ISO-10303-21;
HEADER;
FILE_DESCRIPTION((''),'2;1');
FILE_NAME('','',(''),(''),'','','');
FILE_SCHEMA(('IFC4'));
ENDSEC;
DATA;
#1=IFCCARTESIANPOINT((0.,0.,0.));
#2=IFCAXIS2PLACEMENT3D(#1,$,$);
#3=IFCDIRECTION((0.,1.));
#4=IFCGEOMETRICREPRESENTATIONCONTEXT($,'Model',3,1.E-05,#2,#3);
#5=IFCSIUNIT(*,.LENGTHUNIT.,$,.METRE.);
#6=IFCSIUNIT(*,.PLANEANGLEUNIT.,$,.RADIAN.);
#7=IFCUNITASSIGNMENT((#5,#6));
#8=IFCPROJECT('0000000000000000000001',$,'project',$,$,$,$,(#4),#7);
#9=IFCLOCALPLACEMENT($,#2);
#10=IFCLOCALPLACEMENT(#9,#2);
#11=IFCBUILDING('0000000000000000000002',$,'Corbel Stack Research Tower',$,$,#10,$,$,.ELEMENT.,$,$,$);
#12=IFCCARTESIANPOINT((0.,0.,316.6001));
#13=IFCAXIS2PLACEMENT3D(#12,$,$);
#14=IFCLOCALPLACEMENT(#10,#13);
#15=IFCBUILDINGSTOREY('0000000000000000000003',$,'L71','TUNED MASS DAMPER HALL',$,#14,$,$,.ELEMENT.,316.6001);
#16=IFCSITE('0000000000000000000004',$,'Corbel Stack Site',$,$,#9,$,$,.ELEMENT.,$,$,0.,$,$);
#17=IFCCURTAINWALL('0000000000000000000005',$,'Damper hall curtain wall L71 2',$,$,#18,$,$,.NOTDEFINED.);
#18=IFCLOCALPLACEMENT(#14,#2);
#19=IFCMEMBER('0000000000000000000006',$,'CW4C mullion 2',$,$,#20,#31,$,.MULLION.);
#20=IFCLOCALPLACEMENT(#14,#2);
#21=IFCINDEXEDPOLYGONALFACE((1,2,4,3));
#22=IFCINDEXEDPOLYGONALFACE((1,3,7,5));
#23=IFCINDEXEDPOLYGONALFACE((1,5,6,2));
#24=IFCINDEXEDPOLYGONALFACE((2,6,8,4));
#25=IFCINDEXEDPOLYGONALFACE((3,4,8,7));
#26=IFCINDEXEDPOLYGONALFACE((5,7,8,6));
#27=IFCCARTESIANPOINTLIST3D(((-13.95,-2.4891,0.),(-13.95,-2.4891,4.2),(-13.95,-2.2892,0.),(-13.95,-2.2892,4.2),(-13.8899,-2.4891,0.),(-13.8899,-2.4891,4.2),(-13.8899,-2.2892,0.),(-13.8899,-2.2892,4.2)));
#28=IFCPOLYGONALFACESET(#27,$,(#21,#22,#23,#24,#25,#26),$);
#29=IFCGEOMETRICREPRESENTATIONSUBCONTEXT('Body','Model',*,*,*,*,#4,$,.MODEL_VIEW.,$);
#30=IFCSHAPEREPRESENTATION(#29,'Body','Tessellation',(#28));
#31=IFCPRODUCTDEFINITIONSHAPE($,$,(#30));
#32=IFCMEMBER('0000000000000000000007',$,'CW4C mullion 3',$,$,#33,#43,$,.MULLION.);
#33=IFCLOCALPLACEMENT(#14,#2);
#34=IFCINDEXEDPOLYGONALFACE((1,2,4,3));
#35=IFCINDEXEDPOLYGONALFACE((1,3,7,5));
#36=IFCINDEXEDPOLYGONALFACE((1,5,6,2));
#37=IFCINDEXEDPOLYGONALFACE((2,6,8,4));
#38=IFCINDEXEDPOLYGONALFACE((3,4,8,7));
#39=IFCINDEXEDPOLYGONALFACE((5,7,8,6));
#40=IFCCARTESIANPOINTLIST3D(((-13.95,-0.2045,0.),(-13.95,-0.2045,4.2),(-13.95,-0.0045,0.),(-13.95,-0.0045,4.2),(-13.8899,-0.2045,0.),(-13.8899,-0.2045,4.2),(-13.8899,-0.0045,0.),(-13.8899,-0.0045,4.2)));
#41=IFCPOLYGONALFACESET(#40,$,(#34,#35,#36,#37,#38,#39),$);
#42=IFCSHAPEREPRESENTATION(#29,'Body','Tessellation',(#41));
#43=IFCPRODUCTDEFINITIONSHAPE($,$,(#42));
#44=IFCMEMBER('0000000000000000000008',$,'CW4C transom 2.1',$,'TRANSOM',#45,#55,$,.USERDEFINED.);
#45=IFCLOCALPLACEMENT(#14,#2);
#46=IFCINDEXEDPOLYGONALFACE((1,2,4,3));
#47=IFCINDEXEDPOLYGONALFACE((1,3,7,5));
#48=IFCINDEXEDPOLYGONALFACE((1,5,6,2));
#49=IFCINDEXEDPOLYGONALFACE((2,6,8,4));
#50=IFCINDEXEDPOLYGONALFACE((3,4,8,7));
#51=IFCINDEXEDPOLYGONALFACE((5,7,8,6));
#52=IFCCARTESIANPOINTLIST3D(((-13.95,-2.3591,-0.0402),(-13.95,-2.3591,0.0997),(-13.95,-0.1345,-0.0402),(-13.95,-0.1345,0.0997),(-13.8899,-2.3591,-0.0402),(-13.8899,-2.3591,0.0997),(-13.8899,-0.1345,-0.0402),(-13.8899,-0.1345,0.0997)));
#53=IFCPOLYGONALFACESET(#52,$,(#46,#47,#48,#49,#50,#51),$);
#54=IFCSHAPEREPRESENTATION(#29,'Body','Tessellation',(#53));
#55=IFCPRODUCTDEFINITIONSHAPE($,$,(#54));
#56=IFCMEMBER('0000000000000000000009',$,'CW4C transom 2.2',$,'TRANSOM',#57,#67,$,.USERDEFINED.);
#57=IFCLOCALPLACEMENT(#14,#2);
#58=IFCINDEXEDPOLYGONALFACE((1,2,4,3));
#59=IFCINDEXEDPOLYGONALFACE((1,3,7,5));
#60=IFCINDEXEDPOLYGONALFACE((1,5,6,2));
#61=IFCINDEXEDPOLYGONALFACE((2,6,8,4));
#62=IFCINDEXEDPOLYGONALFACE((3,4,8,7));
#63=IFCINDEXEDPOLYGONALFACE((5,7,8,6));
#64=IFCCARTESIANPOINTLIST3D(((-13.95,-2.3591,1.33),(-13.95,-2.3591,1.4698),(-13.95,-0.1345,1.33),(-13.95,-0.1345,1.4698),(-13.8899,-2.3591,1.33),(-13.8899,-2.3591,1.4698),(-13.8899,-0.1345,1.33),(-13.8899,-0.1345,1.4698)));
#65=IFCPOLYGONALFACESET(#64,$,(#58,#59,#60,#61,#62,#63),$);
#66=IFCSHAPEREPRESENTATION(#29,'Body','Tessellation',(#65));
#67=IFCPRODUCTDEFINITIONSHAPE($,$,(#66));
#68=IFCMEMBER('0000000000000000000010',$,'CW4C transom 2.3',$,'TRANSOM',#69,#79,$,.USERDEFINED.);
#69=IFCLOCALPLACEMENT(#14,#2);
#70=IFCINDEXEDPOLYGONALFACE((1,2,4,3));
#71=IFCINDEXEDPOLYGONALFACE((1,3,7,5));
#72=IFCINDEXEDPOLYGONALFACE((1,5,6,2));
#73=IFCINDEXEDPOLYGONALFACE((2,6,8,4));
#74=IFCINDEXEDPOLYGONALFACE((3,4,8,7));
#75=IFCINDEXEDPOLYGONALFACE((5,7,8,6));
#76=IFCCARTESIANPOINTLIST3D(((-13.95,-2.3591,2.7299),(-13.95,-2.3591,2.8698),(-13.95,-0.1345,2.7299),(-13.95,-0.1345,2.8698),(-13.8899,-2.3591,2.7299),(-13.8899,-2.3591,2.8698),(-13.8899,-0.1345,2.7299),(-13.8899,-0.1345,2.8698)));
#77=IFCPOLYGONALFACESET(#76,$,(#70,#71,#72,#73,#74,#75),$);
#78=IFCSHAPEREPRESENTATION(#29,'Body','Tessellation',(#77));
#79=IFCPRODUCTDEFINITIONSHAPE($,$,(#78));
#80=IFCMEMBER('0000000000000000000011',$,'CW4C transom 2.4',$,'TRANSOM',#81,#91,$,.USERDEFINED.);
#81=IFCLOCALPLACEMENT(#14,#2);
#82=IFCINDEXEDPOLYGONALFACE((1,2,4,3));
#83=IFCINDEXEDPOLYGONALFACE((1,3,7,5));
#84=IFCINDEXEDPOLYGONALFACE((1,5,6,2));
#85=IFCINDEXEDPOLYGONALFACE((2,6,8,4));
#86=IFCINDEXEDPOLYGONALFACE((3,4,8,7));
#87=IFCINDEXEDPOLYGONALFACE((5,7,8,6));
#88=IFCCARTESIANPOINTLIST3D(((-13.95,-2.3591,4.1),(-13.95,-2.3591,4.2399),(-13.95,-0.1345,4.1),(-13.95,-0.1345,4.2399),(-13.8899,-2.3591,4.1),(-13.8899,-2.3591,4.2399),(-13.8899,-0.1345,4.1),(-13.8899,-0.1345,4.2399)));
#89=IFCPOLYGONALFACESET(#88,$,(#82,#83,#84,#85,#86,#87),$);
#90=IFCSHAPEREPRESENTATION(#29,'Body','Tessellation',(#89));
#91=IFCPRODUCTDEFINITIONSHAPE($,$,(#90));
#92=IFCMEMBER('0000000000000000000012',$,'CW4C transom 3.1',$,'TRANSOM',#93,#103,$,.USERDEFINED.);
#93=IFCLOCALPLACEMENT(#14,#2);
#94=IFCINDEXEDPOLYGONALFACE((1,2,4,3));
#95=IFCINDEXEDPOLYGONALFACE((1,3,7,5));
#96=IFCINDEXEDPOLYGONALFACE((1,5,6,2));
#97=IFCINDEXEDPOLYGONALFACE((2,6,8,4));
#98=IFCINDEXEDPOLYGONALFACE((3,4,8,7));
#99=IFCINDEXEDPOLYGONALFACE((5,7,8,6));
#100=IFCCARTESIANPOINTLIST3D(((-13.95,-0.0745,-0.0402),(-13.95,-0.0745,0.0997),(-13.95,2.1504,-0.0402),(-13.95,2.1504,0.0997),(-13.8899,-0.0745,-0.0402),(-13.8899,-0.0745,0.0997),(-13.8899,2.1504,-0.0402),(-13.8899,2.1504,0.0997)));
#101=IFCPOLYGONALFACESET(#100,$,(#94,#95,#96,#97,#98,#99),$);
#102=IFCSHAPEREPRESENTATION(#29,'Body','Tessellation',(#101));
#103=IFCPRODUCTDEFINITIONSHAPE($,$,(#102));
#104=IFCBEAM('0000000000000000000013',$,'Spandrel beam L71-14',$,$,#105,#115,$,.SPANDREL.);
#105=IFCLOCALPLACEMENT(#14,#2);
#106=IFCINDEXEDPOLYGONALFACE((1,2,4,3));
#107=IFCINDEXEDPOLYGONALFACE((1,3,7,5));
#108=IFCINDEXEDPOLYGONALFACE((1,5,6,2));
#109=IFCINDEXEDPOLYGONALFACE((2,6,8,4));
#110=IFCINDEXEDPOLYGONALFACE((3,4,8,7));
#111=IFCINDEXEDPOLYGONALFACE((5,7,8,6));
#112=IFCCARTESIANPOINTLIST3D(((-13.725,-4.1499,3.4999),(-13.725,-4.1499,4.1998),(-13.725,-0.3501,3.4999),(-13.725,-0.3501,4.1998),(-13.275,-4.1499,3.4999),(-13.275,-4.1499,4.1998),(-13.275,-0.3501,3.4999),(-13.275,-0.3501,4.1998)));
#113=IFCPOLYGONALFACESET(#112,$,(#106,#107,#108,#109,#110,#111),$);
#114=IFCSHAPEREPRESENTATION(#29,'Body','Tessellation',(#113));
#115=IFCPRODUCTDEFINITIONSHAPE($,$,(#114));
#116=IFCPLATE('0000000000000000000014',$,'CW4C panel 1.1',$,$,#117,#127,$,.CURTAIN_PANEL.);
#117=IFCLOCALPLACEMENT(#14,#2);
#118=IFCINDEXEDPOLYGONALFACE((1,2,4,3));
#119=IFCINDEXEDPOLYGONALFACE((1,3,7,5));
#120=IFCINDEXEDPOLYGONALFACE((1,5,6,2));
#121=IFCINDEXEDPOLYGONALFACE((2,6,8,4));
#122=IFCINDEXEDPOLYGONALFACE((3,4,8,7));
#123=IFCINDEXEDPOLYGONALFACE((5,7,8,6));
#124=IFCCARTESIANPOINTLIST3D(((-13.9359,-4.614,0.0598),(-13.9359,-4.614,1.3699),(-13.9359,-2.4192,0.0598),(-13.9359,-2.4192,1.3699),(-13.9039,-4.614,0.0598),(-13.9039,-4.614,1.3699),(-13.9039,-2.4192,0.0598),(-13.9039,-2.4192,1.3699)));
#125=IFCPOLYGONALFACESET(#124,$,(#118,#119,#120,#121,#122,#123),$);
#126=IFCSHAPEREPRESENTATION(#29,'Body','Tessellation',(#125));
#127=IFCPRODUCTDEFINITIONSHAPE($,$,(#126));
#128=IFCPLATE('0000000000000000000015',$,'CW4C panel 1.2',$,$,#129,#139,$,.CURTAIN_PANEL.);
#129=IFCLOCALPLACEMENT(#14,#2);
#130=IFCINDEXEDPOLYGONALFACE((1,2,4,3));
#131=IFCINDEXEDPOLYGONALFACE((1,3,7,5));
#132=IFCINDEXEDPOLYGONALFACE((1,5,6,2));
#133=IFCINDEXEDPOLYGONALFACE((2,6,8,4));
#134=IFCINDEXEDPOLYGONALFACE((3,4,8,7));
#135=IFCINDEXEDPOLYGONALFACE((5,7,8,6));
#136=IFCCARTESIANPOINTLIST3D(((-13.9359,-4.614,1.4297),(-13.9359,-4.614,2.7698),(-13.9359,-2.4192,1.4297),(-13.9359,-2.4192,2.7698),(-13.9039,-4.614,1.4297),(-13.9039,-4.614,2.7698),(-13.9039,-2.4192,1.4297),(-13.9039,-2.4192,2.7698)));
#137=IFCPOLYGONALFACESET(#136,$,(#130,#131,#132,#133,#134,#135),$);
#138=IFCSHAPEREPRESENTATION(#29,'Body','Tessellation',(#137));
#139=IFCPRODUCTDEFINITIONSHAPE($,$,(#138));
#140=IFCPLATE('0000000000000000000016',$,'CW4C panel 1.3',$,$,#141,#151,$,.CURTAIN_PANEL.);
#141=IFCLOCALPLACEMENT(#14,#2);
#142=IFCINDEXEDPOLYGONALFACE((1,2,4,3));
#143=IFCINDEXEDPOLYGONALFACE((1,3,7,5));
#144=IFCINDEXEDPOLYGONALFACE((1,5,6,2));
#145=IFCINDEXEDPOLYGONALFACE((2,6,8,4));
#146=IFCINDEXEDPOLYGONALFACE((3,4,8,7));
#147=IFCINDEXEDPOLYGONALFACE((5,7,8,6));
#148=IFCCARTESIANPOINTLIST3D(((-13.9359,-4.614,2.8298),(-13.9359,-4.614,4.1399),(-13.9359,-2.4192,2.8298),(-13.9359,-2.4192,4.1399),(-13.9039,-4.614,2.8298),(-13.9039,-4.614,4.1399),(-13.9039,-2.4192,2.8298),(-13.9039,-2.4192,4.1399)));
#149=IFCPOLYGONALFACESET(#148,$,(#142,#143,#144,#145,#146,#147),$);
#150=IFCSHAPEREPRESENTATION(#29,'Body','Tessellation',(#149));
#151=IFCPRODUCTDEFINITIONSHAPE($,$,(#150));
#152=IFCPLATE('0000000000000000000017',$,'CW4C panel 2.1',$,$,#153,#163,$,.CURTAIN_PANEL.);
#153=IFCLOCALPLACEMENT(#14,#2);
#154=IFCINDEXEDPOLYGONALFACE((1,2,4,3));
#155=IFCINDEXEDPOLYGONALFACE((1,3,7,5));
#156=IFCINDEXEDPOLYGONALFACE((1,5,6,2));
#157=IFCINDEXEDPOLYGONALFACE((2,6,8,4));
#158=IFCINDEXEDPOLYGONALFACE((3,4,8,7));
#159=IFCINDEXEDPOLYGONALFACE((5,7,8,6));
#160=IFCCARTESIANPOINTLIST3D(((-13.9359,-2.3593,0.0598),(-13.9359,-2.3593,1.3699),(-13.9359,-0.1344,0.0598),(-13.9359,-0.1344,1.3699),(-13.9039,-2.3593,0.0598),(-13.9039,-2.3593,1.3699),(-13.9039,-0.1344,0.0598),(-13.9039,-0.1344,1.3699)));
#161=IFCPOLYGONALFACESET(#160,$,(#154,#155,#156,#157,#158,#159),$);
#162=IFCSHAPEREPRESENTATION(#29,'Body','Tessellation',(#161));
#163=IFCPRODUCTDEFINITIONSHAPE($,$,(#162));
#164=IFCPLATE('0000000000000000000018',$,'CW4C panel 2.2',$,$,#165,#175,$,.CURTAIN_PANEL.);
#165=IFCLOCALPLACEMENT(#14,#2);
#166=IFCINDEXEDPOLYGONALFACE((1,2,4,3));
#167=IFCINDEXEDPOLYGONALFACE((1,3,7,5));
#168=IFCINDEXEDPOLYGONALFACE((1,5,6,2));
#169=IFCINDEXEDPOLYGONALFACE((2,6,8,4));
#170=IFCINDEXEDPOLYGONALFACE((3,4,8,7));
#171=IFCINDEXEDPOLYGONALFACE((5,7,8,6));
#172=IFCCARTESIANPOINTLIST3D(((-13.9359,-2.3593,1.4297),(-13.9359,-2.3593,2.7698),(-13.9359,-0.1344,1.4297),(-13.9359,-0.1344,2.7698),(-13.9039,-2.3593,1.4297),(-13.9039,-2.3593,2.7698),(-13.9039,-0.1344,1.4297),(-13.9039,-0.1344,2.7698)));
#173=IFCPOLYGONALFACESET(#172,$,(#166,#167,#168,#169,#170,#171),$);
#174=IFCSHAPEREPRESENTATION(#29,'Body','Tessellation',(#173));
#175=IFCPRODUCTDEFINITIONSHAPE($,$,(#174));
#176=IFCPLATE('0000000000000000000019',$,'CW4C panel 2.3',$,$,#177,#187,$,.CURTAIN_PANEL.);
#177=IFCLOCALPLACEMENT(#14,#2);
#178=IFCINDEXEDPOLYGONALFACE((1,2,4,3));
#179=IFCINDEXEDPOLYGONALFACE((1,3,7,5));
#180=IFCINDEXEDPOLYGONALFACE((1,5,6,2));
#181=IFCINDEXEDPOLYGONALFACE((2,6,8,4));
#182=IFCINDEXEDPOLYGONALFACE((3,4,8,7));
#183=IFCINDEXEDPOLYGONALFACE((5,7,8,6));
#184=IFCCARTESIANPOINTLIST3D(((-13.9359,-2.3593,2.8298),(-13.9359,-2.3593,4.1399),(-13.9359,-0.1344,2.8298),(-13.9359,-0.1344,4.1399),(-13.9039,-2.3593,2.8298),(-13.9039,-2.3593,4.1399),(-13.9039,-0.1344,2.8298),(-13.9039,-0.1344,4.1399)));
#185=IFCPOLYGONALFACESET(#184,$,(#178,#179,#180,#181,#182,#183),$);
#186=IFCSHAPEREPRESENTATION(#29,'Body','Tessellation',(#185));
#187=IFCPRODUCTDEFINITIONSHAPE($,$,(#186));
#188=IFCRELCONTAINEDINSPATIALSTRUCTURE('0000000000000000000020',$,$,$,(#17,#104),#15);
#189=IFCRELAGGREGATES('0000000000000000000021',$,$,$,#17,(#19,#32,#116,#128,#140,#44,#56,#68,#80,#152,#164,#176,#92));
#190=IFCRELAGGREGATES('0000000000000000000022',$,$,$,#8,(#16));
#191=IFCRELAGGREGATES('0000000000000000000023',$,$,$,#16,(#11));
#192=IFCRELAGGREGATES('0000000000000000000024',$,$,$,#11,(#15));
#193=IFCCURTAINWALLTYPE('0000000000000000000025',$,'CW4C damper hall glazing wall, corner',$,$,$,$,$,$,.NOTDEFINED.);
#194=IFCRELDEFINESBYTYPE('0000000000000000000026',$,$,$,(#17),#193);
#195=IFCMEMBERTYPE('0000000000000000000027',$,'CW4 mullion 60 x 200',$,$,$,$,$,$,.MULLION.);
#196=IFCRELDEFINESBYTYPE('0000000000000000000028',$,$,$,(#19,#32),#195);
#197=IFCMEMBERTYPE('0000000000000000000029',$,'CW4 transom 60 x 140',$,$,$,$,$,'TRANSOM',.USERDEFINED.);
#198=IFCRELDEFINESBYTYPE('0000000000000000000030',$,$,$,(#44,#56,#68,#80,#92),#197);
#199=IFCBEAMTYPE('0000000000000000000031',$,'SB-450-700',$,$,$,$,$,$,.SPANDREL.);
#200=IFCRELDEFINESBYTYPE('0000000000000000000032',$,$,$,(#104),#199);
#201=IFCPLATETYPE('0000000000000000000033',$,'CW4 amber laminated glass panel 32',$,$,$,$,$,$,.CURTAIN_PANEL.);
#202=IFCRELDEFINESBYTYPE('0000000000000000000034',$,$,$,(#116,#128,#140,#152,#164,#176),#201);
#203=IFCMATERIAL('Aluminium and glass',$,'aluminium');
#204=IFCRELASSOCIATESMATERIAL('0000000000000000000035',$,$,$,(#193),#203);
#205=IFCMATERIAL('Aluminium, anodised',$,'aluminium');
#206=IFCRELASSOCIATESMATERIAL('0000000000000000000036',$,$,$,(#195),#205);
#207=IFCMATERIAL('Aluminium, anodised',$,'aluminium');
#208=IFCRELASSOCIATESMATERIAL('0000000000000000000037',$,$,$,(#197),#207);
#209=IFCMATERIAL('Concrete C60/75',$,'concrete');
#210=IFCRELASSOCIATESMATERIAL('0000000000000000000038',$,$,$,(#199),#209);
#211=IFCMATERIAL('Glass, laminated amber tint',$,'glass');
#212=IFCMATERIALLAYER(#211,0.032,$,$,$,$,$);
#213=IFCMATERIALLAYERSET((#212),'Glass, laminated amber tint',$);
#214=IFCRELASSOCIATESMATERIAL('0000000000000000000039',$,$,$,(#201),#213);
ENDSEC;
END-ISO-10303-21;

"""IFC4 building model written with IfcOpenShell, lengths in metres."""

from ifc_helpers import new_model, si_unit, direction, frame, origin, origin_2d, place, context, subcontext, project, spatial, rectangle, extrude, material, layer, layer_set, material_profile, profile_set, type_object, element, aggregate, save


model = new_model("IFC4")

# Units and contexts
model_context = context("Model", 3, precision=1e-05, world=origin(), true_north=direction((0.0, 1.0)))
body_context = subcontext(model_context, "Body", "Model", "MODEL_VIEW")
ifc_project = project(units=[si_unit("LENGTHUNIT", "METRE"), si_unit("PLANEANGLEUNIT", "RADIAN")], contexts=[model_context])

# Site, building, storey
site_placement = place(None, origin())
site = spatial("IfcSite", under=ifc_project, at=site_placement, Name="Corbel Stack Site", CompositionType="ELEMENT", RefElevation=0.0)
building_placement = place(site_placement, origin())
building = spatial("IfcBuilding", under=site, at=building_placement, Name="Corbel Stack Research Tower", CompositionType="ELEMENT")
storey_placement = place(building_placement, frame((0.0, 0.0, 316.6001)))
storey = spatial("IfcBuildingStorey", under=building, at=storey_placement, Name="L71", Description="TUNED MASS DAMPER HALL", CompositionType="ELEMENT", Elevation=316.6001)

# Curtain wall, members
ifc_material_1 = material(Name="Aluminium and glass", Category="aluminium")
curtain_wall_type = type_object("IfcCurtainWallType", Name="CW4C damper hall glazing wall, corner", PredefinedType="NOTDEFINED", material=ifc_material_1)
curtain_wall_placement = place(storey_placement, origin())
curtain_wall = element("IfcCurtainWall", 1, at=curtain_wall_placement, inside=storey, type_object=curtain_wall_type, Name="Damper hall curtain wall L71 2", PredefinedType="NOTDEFINED")
ifc_material_2 = material(Name="Aluminium, anodised", Category="aluminium")
ifc_material_profile_1 = material_profile(ifc_material_2, rectangle(XDim=0.0601, YDim=0.2, at=origin_2d()), Name="CW4 mullion 60 x 200")
ifc_profile_set_1 = profile_set([ifc_material_profile_1], Name="Aluminium, anodised")
member_type_1 = type_object("IfcMemberType", Name="CW4 mullion 60 x 200", PredefinedType="MULLION", material=ifc_profile_set_1)
member_1_placement = place(storey_placement, frame((-13.9199, -2.3892, 0.0), z_axis=(0.0, 0.0, 1.0), x_axis=(-1.0, 0.0, 0.0)))
member_1 = element("IfcMember", 2, at=member_1_placement, type_object=member_type_1, Name="CW4C mullion 2", PredefinedType="MULLION", context=body_context, shape_type="SweptSolid", body=[
    extrude(rectangle(XDim=0.0601, YDim=0.2, at=origin_2d()), origin(), (0.0, 0.0, 1.0), 4.2),
])
member_2_placement = place(storey_placement, frame((-13.9199, -0.1045, 0.0), z_axis=(0.0, 0.0, 1.0), x_axis=(-1.0, 0.0, 0.0)))
member_2 = element("IfcMember", 3, at=member_2_placement, type_object=member_type_1, Name="CW4C mullion 3", PredefinedType="MULLION", context=body_context, shape_type="SweptSolid", body=[
    extrude(rectangle(XDim=0.0601, YDim=0.2, at=origin_2d()), origin(), (0.0, 0.0, 1.0), 4.2),
])
ifc_material_3 = material(Name="Aluminium, anodised", Category="aluminium")
ifc_material_profile_2 = material_profile(ifc_material_3, rectangle(XDim=0.0601, YDim=0.1399, at=origin_2d()), Name="CW4 transom 60 x 140")
ifc_profile_set_2 = profile_set([ifc_material_profile_2], Name="Aluminium, anodised")
member_type_2 = type_object("IfcMemberType", Name="CW4 transom 60 x 140", ElementType="TRANSOM", PredefinedType="USERDEFINED", material=ifc_profile_set_2)
member_3_placement = place(storey_placement, frame((-13.9199, -2.3591, 0.0298), z_axis=(0.0, 1.0, 0.0), x_axis=(-1.0, 0.0, 0.0)))
member_3 = element("IfcMember", 4, at=member_3_placement, type_object=member_type_2, Name="CW4C transom 2.1", ObjectType="TRANSOM", PredefinedType="USERDEFINED", context=body_context, shape_type="SweptSolid", body=[
    extrude(rectangle(XDim=0.0601, YDim=0.1399, at=origin_2d()), origin(), (0.0, 0.0, 1.0), 2.2246),
])
member_4_placement = place(storey_placement, frame((-13.9199, -2.3591, 1.3999), z_axis=(0.0, 1.0, 0.0), x_axis=(-1.0, 0.0, 0.0)))
member_4 = element("IfcMember", 5, at=member_4_placement, type_object=member_type_2, Name="CW4C transom 2.2", ObjectType="TRANSOM", PredefinedType="USERDEFINED", context=body_context, shape_type="SweptSolid", body=[
    extrude(rectangle(XDim=0.0601, YDim=0.1399, at=origin_2d()), origin(), (0.0, 0.0, 1.0), 2.2246),
])
member_5_placement = place(storey_placement, frame((-13.9199, -2.3591, 2.7998), z_axis=(0.0, 1.0, 0.0), x_axis=(-1.0, 0.0, 0.0)))
member_5 = element("IfcMember", 6, at=member_5_placement, type_object=member_type_2, Name="CW4C transom 2.3", ObjectType="TRANSOM", PredefinedType="USERDEFINED", context=body_context, shape_type="SweptSolid", body=[
    extrude(rectangle(XDim=0.0601, YDim=0.1399, at=origin_2d()), origin(), (0.0, 0.0, 1.0), 2.2246),
])
member_6_placement = place(storey_placement, frame((-13.9199, -2.3591, 4.1699), z_axis=(0.0, 1.0, 0.0), x_axis=(-1.0, 0.0, 0.0)))
member_6 = element("IfcMember", 7, at=member_6_placement, type_object=member_type_2, Name="CW4C transom 2.4", ObjectType="TRANSOM", PredefinedType="USERDEFINED", context=body_context, shape_type="SweptSolid", body=[
    extrude(rectangle(XDim=0.0601, YDim=0.1399, at=origin_2d()), origin(), (0.0, 0.0, 1.0), 2.2246),
])
member_7_placement = place(storey_placement, frame((-13.9199, -0.0745, 0.0298), z_axis=(0.0, 1.0, 0.0), x_axis=(-1.0, 0.0, 0.0)))
member_7 = element("IfcMember", 8, at=member_7_placement, type_object=member_type_2, Name="CW4C transom 3.1", ObjectType="TRANSOM", PredefinedType="USERDEFINED", context=body_context, shape_type="SweptSolid", body=[
    extrude(rectangle(XDim=0.0601, YDim=0.1399, at=origin_2d()), origin(), (0.0, 0.0, 1.0), 2.2249),
])

# Beam
ifc_material_4 = material(Name="Concrete C60/75", Category="concrete")
ifc_material_profile_3 = material_profile(ifc_material_4, rectangle(XDim=0.45, YDim=0.7, at=origin_2d()), Name="RC 450 x 700")
ifc_profile_set_3 = profile_set([ifc_material_profile_3], Name="Concrete C60/75")
beam_type = type_object("IfcBeamType", Name="SB-450-700", PredefinedType="SPANDREL", material=ifc_profile_set_3)
beam_placement = place(storey_placement, frame((-13.5, -0.3501, 3.8499), z_axis=(0.0, -1.0, 0.0), x_axis=(1.0, 0.0, 0.0)))
element("IfcBeam", 9, at=beam_placement, inside=storey, type_object=beam_type, Name="Spandrel beam L71-14", PredefinedType="SPANDREL", context=body_context, shape_type="SweptSolid", body=[
    extrude(rectangle(XDim=0.45, YDim=0.7, at=origin_2d()), origin(), (0.0, 0.0, 1.0), 3.7998),
])

# Plates
ifc_material_5 = material(Name="Glass, laminated amber tint", Category="glass")
ifc_layer_1 = layer(ifc_material_5, 0.032)
ifc_layer_set_1 = layer_set([ifc_layer_1], Name="Glass, laminated amber tint")
plate_type = type_object("IfcPlateType", Name="CW4 amber laminated glass panel 32", PredefinedType="CURTAIN_PANEL", material=ifc_layer_set_1)
plate_1_placement = place(storey_placement, frame((-13.9199, -3.5166, 0.0598), z_axis=(0.0, 0.0, 1.0), x_axis=(0.0, 1.0, 0.0)))
plate_1 = element("IfcPlate", 10, at=plate_1_placement, type_object=plate_type, Name="CW4C panel 1.1", PredefinedType="CURTAIN_PANEL", context=body_context, shape_type="SweptSolid", body=[
    extrude(rectangle(XDim=2.1948, YDim=0.032, at=origin_2d()), origin(), (0.0, 0.0, 1.0), 1.3101),
])
plate_2_placement = place(storey_placement, frame((-13.9199, -3.5166, 1.4297), z_axis=(0.0, 0.0, 1.0), x_axis=(0.0, 1.0, 0.0)))
plate_2 = element("IfcPlate", 11, at=plate_2_placement, type_object=plate_type, Name="CW4C panel 1.2", PredefinedType="CURTAIN_PANEL", context=body_context, shape_type="SweptSolid", body=[
    extrude(rectangle(XDim=2.1948, YDim=0.032, at=origin_2d()), origin(), (0.0, 0.0, 1.0), 1.3401),
])
plate_3_placement = place(storey_placement, frame((-13.9199, -3.5166, 2.8298), z_axis=(0.0, 0.0, 1.0), x_axis=(0.0, 1.0, 0.0)))
plate_3 = element("IfcPlate", 12, at=plate_3_placement, type_object=plate_type, Name="CW4C panel 1.3", PredefinedType="CURTAIN_PANEL", context=body_context, shape_type="SweptSolid", body=[
    extrude(rectangle(XDim=2.1948, YDim=0.032, at=origin_2d()), origin(), (0.0, 0.0, 1.0), 1.3101),
])
plate_4_placement = place(storey_placement, frame((-13.9199, -1.2468, 0.0598), z_axis=(0.0, 0.0, 1.0), x_axis=(0.0, 1.0, 0.0)))
plate_4 = element("IfcPlate", 13, at=plate_4_placement, type_object=plate_type, Name="CW4C panel 2.1", PredefinedType="CURTAIN_PANEL", context=body_context, shape_type="SweptSolid", body=[
    extrude(rectangle(XDim=2.2249, YDim=0.032, at=origin_2d()), origin(), (0.0, 0.0, 1.0), 1.3101),
])
plate_5_placement = place(storey_placement, frame((-13.9199, -1.2468, 1.4297), z_axis=(0.0, 0.0, 1.0), x_axis=(0.0, 1.0, 0.0)))
plate_5 = element("IfcPlate", 14, at=plate_5_placement, type_object=plate_type, Name="CW4C panel 2.2", PredefinedType="CURTAIN_PANEL", context=body_context, shape_type="SweptSolid", body=[
    extrude(rectangle(XDim=2.2249, YDim=0.032, at=origin_2d()), origin(), (0.0, 0.0, 1.0), 1.3401),
])
plate_6_placement = place(storey_placement, frame((-13.9199, -1.2468, 2.8298), z_axis=(0.0, 0.0, 1.0), x_axis=(0.0, 1.0, 0.0)))
plate_6 = element("IfcPlate", 15, at=plate_6_placement, type_object=plate_type, Name="CW4C panel 2.3", PredefinedType="CURTAIN_PANEL", context=body_context, shape_type="SweptSolid", body=[
    extrude(rectangle(XDim=2.2249, YDim=0.032, at=origin_2d()), origin(), (0.0, 0.0, 1.0), 1.3101),
])
aggregate(curtain_wall, [member_1, member_2, plate_1, plate_2, plate_3, member_3, member_4, member_5, member_6, plate_4, plate_5, plate_6, member_7])

save(model, "model.ifc")
